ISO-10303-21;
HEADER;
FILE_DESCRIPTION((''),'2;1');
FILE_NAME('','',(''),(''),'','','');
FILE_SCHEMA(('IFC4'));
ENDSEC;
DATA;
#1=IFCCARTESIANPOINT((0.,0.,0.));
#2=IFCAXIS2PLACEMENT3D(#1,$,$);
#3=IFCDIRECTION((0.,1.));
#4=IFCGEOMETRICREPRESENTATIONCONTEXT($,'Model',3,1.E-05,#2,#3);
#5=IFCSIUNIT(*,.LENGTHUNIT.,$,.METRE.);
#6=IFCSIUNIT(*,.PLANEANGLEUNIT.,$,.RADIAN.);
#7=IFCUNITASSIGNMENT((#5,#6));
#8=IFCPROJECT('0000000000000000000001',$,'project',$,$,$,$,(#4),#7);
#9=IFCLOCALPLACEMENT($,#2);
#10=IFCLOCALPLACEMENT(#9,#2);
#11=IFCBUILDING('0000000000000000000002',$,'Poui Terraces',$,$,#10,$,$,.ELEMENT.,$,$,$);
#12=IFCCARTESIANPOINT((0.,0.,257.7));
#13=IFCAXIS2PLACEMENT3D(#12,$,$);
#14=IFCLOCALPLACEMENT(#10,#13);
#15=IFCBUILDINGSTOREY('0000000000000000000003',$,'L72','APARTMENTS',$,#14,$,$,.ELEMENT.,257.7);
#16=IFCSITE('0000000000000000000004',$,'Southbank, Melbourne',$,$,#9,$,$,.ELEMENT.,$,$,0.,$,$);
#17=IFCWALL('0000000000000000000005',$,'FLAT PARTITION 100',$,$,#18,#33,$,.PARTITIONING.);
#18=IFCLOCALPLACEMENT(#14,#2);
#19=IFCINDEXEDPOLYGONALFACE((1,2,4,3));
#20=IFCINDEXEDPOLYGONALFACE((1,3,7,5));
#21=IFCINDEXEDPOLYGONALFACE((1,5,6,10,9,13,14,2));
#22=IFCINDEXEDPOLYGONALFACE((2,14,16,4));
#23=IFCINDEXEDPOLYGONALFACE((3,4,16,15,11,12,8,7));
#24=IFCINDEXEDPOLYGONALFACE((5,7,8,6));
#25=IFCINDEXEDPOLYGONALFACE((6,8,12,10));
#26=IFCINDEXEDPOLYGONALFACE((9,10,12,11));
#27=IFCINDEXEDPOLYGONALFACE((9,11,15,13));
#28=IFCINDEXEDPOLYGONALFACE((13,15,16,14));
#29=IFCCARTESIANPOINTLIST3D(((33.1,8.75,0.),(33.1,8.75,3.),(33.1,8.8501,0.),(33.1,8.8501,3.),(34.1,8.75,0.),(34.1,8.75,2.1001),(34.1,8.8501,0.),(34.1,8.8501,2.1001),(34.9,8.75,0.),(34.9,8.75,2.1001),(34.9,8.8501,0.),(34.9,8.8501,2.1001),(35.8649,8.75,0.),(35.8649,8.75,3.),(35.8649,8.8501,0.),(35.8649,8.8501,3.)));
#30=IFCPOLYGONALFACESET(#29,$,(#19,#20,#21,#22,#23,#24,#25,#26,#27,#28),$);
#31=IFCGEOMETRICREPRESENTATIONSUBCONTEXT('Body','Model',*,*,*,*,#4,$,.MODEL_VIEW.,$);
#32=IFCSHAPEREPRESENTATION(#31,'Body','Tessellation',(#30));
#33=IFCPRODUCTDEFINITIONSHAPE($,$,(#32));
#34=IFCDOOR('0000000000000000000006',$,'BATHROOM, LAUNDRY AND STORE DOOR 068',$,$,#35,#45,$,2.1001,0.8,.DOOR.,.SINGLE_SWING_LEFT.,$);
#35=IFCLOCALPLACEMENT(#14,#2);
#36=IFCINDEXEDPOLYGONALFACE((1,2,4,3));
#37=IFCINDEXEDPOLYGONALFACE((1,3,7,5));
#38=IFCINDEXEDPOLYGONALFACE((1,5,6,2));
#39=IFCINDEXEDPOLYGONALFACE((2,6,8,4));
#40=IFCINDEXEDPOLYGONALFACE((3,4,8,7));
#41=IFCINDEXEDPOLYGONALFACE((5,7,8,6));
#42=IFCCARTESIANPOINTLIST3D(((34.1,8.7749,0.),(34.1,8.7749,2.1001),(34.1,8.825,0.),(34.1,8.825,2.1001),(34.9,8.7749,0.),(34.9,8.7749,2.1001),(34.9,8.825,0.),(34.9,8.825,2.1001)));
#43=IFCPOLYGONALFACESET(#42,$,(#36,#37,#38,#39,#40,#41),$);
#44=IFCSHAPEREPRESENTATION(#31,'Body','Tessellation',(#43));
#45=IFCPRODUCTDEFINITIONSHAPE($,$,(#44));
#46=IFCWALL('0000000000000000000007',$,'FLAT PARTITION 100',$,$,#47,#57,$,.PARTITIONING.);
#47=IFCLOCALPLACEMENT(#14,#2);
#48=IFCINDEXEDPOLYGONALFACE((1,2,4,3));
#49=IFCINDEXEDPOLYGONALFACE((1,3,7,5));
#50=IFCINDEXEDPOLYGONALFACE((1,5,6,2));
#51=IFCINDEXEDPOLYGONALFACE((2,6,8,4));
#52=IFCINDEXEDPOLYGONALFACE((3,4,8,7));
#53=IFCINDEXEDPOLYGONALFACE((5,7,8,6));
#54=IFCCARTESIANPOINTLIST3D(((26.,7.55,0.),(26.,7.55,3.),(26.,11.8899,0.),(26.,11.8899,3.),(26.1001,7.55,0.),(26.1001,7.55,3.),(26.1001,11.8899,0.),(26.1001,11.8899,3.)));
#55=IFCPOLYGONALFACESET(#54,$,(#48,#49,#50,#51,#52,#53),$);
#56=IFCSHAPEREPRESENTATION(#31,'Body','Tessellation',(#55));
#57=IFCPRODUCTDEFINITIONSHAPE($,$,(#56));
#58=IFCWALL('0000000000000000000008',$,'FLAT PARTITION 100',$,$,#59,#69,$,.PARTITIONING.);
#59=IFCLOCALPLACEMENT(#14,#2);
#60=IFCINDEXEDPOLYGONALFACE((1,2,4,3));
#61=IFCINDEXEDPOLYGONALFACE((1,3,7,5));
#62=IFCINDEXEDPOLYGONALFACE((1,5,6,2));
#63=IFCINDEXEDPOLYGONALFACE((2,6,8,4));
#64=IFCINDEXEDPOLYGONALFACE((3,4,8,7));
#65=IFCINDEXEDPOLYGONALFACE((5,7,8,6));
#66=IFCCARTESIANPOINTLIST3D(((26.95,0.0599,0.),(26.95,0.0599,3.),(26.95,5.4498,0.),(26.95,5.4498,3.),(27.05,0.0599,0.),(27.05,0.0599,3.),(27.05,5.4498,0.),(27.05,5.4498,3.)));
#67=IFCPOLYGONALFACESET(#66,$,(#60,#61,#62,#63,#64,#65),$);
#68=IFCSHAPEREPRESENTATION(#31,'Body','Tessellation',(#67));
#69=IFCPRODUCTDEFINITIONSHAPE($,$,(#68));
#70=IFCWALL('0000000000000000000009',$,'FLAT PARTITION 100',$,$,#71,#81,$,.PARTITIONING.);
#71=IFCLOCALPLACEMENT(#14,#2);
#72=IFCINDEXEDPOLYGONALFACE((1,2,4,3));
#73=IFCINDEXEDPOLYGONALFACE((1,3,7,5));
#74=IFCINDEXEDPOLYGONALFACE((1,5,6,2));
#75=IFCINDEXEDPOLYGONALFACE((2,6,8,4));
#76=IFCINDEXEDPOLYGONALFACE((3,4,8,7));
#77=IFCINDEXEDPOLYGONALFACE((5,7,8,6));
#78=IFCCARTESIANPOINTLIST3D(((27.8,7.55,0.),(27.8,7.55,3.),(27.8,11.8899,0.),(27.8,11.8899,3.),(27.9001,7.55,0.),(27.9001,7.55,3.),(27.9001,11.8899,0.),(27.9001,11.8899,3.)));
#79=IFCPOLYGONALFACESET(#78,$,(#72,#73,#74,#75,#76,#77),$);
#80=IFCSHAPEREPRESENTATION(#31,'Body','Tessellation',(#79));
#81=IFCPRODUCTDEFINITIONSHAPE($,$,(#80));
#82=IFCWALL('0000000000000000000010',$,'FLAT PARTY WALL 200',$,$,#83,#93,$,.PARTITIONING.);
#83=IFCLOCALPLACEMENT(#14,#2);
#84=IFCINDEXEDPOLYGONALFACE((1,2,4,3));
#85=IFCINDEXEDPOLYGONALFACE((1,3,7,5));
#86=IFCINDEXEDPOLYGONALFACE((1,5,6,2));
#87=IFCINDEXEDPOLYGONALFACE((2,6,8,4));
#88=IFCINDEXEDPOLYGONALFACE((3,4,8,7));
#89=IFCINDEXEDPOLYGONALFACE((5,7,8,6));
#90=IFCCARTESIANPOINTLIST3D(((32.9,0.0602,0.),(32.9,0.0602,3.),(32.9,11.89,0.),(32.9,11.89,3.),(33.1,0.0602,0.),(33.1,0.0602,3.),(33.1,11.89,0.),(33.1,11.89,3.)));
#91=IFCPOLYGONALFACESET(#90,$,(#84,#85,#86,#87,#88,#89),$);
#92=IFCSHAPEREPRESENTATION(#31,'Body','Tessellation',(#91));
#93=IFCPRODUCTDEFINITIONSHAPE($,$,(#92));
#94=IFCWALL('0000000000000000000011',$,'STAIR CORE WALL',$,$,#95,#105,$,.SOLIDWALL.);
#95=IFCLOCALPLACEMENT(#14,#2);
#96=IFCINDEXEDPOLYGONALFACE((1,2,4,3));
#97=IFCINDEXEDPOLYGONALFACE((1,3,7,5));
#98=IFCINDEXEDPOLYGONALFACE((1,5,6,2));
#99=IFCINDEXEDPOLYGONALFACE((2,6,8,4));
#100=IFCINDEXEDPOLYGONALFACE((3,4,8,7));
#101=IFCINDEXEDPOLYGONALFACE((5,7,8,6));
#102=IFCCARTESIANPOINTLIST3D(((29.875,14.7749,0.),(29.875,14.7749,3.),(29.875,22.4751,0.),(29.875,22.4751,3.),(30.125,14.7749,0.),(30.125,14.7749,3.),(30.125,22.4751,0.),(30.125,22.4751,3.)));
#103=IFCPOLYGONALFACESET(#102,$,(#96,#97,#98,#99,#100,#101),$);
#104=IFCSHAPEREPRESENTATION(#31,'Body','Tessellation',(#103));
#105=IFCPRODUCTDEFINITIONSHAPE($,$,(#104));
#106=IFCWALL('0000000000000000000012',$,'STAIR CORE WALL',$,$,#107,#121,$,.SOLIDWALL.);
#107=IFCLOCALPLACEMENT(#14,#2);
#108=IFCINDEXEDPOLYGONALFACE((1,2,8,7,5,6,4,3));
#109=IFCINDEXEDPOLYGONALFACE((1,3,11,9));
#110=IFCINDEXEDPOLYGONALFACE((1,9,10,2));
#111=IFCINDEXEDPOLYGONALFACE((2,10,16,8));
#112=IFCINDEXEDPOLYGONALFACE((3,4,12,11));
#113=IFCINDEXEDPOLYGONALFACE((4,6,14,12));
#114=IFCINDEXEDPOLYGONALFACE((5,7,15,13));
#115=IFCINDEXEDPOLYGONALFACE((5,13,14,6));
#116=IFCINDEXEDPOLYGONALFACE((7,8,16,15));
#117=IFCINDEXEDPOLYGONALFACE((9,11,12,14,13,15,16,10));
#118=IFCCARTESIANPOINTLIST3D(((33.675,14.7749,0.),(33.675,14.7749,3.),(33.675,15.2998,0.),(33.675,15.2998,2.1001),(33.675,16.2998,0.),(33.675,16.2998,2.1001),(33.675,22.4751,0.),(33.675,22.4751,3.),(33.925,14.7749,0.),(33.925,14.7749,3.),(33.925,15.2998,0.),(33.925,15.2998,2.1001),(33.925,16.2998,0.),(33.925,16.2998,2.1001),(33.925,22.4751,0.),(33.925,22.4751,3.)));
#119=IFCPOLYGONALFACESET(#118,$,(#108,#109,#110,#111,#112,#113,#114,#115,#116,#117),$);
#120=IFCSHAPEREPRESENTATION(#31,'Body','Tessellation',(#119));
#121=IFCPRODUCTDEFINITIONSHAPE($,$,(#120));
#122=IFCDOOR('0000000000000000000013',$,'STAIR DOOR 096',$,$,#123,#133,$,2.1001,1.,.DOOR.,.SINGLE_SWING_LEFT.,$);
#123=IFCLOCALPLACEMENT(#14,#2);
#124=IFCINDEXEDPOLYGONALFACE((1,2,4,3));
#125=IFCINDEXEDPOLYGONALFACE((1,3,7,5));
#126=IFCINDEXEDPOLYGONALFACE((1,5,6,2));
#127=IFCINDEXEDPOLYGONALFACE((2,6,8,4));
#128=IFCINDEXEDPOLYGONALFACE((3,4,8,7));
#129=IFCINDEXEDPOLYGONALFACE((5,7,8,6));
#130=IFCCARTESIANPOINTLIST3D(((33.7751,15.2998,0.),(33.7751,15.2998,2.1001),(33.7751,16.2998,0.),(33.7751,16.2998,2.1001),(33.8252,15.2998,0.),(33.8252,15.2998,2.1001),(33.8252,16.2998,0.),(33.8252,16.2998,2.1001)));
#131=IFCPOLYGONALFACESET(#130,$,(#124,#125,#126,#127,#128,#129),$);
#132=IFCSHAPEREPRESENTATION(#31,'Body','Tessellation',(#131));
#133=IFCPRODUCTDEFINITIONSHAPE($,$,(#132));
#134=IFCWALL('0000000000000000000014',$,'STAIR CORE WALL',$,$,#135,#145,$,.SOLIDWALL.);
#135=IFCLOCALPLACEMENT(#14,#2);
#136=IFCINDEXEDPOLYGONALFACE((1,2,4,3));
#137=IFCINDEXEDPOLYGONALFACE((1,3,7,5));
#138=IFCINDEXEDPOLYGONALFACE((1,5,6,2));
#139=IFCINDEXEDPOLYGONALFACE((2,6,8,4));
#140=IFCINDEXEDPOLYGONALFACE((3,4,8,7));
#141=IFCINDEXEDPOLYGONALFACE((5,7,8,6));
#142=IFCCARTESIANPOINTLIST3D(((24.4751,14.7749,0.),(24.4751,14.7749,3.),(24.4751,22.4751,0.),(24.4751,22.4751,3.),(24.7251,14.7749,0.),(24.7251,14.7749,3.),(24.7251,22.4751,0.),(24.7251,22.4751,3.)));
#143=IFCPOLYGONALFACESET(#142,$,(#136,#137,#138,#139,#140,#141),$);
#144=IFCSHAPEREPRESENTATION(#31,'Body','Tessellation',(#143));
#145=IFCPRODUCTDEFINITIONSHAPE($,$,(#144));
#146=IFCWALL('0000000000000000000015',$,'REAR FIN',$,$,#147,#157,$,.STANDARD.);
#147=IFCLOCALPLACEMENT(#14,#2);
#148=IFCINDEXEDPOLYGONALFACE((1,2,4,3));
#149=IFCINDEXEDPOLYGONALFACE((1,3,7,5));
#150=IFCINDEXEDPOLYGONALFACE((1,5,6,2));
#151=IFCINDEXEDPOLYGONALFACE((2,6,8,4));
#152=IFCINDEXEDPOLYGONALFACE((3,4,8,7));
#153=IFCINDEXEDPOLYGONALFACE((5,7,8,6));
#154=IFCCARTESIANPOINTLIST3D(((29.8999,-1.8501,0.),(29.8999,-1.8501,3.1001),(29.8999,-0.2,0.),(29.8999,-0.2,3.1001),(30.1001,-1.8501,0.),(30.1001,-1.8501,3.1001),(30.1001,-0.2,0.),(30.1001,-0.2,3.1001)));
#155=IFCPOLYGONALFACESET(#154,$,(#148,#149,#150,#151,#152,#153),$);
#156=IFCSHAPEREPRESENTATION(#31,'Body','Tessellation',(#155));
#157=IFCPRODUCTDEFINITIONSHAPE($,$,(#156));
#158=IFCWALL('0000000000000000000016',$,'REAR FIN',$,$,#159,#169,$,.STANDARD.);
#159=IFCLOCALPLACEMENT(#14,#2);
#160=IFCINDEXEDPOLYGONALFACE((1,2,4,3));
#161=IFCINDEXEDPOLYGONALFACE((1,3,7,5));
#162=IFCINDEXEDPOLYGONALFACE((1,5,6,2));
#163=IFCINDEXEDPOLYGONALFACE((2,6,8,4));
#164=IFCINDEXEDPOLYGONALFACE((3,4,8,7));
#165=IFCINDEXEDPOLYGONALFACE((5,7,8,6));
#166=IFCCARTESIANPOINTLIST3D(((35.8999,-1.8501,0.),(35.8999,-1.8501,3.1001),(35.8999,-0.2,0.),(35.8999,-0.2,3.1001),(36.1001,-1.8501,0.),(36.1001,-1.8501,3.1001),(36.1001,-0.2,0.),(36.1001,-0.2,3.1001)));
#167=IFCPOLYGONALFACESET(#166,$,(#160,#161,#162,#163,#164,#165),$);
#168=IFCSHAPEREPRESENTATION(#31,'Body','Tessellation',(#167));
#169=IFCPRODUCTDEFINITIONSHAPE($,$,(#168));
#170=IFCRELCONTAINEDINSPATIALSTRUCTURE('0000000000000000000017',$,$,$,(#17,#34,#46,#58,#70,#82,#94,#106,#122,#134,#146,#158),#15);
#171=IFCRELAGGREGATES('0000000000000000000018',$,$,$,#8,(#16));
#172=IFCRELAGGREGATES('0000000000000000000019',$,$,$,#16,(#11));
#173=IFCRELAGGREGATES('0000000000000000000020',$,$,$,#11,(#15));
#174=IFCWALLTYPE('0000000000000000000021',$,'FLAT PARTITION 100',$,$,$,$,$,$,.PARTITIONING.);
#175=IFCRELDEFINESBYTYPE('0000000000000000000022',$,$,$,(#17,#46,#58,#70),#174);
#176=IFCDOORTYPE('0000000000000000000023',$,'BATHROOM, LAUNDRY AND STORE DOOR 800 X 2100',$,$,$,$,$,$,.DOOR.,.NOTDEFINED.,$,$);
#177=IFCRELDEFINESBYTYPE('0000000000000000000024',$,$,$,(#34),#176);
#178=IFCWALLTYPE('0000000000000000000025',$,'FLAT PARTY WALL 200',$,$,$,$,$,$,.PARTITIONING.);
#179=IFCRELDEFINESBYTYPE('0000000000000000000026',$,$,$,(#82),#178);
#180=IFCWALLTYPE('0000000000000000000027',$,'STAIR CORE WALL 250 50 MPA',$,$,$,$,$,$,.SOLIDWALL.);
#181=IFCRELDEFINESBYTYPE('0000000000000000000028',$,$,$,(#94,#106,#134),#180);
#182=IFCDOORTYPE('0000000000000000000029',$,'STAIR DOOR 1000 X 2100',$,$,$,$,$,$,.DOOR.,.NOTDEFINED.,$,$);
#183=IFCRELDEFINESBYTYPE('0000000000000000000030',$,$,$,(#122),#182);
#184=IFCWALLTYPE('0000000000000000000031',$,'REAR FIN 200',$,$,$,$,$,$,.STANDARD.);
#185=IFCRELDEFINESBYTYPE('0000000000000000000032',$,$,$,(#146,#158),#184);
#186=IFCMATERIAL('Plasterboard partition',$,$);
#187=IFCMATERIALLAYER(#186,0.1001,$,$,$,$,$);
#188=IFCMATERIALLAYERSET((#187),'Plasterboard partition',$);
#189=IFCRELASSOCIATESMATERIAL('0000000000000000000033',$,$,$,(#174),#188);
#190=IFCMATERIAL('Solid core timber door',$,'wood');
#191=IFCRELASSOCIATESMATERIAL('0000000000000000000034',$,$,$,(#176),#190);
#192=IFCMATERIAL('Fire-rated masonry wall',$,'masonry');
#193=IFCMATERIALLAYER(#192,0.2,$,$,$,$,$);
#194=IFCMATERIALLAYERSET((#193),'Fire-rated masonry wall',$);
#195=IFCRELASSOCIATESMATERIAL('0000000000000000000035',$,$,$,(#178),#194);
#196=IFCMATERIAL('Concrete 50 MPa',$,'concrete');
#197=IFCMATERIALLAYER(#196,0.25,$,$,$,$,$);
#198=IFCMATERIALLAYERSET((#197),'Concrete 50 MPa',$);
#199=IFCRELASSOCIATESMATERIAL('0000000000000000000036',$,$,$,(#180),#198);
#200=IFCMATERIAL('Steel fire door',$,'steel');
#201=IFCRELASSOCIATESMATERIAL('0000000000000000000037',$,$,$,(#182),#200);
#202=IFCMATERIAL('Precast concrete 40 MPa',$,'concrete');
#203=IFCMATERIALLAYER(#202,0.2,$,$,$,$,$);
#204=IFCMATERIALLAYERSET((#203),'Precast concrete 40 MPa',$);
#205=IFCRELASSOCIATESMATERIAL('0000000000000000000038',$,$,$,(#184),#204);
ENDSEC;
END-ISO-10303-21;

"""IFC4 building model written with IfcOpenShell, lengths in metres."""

from ifc_helpers import new_model, si_unit, direction, frame, frame_2d, origin, place, context, subcontext, project, spatial, polyline, rectangle, outline, extrude, source, transform, mapped, material, layer, layer_set, type_object, element, fill, save


model = new_model("IFC4")

# Units and contexts
model_context = context("Model", 3, precision=1e-05, world=origin(), true_north=direction((0.0, 1.0)))
body_context = subcontext(model_context, "Body", "Model", "MODEL_VIEW")
ifc_project = project(units=[si_unit("LENGTHUNIT", "METRE"), si_unit("PLANEANGLEUNIT", "RADIAN")], contexts=[model_context])

# Site, building, storey
site_placement = place(None, origin())
site = spatial("IfcSite", under=ifc_project, at=site_placement, Name="Southbank, Melbourne", CompositionType="ELEMENT", RefElevation=0.0)
building_placement = place(site_placement, origin())
building = spatial("IfcBuilding", under=site, at=building_placement, Name="Poui Terraces", CompositionType="ELEMENT")
storey_placement = place(building_placement, frame((0.0, 0.0, 257.7)))
storey = spatial("IfcBuildingStorey", under=building, at=storey_placement, Name="L72", Description="APARTMENTS", CompositionType="ELEMENT", Elevation=257.7)

# Shared definitions
ifc_material_1 = material(Name="Concrete 50 MPa", Category="concrete")

# Shared definitions
ifc_material_2 = material(Name="Precast concrete 40 MPa", Category="concrete")

# Wall, opening, door
ifc_material_3 = material(Name="Solid core timber door", Category="wood")
ifc_material_4 = material(Name="Plasterboard partition")
ifc_layer_1 = layer(ifc_material_4, 0.1001)
ifc_layer_set_1 = layer_set([ifc_layer_1], Name="Plasterboard partition")
wall_type_1 = type_object("IfcWallType", Name="FLAT PARTITION 100", PredefinedType="PARTITIONING", material=ifc_layer_set_1)
door_type_1 = type_object("IfcDoorType", Name="BATHROOM, LAUNDRY AND STORE DOOR 800 X 2100", OperationType="NOTDEFINED", PredefinedType="DOOR", material=ifc_material_3)
wall_1_placement = place(storey_placement, frame((33.1001, 8.8, 0.0), z_axis=(0.0, 0.0, 1.0), x_axis=(1.0, 0.0, 0.0)))
wall_1 = element("IfcWall", 1, at=wall_1_placement, inside=storey, type_object=wall_type_1, Name="FLAT PARTITION 100", PredefinedType="PARTITIONING", context=body_context, shape_type="SweptSolid", body=[
    extrude(rectangle(XDim=2.7649, YDim=0.1001, at=frame_2d((1.3823, 0.0))), origin(), (0.0, 0.0, 1.0), 3.0),
])
opening_1_placement = place(wall_1_placement, frame((1.0, 0.0, 0.0)))
opening_1 = element("IfcOpeningElement", 2, at=opening_1_placement, cuts=wall_1, PredefinedType="OPENING", context=body_context, shape_type="SweptSolid", body=[
    extrude(rectangle(XDim=0.8, YDim=2.1001, at=frame_2d((0.3999, 1.05))), frame((0.0, 0.0601, 0.0), z_axis=(0.0, -1.0, 0.0), x_axis=(1.0, 0.0, 0.0)), (0.0, 0.0, 1.0), 0.1201),
])
door_1_placement = place(opening_1_placement, origin())
door_1 = element("IfcDoor", 3, at=door_1_placement, inside=storey, type_object=door_type_1, Name="BATHROOM, LAUNDRY AND STORE DOOR 068", OperationType="SINGLE_SWING_LEFT", OverallHeight=2.1001, OverallWidth=0.8, PredefinedType="DOOR", context=body_context, shape_type="SweptSolid", body=[
    extrude(rectangle(XDim=0.8, YDim=2.1001, at=frame_2d((0.3999, 1.05))), frame((0.0, 0.0249, 0.0), z_axis=(0.0, -1.0, 0.0), x_axis=(1.0, 0.0, 0.0)), (0.0, 0.0, 1.0), 0.05),
])
fill(opening_1, door_1)

# Walls
wall_2_placement = place(storey_placement, frame((26.05, 7.55, 0.0), z_axis=(0.0, 0.0, 1.0), x_axis=(0.0, 1.0, 0.0)))
element("IfcWall", 4, at=wall_2_placement, inside=storey, type_object=wall_type_1, Name="FLAT PARTITION 100", PredefinedType="PARTITIONING", context=body_context, shape_type="SweptSolid", body=[
    extrude(rectangle(XDim=4.3398, YDim=0.1001, at=frame_2d((2.1699, 0.0))), origin(), (0.0, 0.0, 1.0), 3.0),
])
wall_3_placement = place(storey_placement, frame((27.0, 0.0601, 0.0), z_axis=(0.0, 0.0, 1.0), x_axis=(0.0, 1.0, 0.0)))
element("IfcWall", 5, at=wall_3_placement, inside=storey, type_object=wall_type_1, Name="FLAT PARTITION 100", PredefinedType="PARTITIONING", context=body_context, shape_type="SweptSolid", body=[
    extrude(rectangle(XDim=5.3899, YDim=0.1001, at=frame_2d((2.6948, 0.0))), origin(), (0.0, 0.0, 1.0), 3.0),
])
wall_4_placement = place(storey_placement, frame((27.8501, 7.55, 0.0), z_axis=(0.0, 0.0, 1.0), x_axis=(0.0, 1.0, 0.0)))
element("IfcWall", 6, at=wall_4_placement, inside=storey, type_object=wall_type_1, Name="FLAT PARTITION 100", PredefinedType="PARTITIONING", context=body_context, shape_type="SweptSolid", body=[
    extrude(rectangle(XDim=4.3398, YDim=0.1001, at=frame_2d((2.1699, 0.0))), origin(), (0.0, 0.0, 1.0), 3.0),
])
ifc_material_5 = material(Name="Fire-rated masonry wall", Category="masonry")
ifc_layer_2 = layer(ifc_material_5, 0.2)
ifc_layer_set_2 = layer_set([ifc_layer_2], Name="Fire-rated masonry wall")
wall_type_2 = type_object("IfcWallType", Name="FLAT PARTY WALL 200", PredefinedType="PARTITIONING", material=ifc_layer_set_2)
wall_5_placement = place(storey_placement, frame((33.0, 0.0601, 0.0), z_axis=(0.0, 0.0, 1.0), x_axis=(0.0, 1.0, 0.0)))
element("IfcWall", 7, at=wall_5_placement, inside=storey, type_object=wall_type_2, Name="FLAT PARTY WALL 200", PredefinedType="PARTITIONING", context=body_context, shape_type="SweptSolid", body=[
    extrude(rectangle(XDim=11.8298, YDim=0.2, at=frame_2d((5.915, 0.0))), origin(), (0.0, 0.0, 1.0), 3.0),
])
ifc_layer_3 = layer(ifc_material_1, 0.25)
ifc_layer_set_3 = layer_set([ifc_layer_3], Name="Concrete 50 MPa")
wall_type_3 = type_object("IfcWallType", Name="STAIR CORE WALL 250 50 MPA", PredefinedType="SOLIDWALL", material=ifc_layer_set_3)
wall_6_placement = place(storey_placement, frame((30.0, 14.7749, 0.0), z_axis=(0.0, 0.0, 1.0), x_axis=(0.0, 1.0, 0.0)))
element("IfcWall", 8, at=wall_6_placement, inside=storey, type_object=wall_type_3, Name="STAIR CORE WALL", PredefinedType="SOLIDWALL", context=body_context, shape_type="SweptSolid", body=[
    extrude(rectangle(XDim=7.7002, YDim=0.25, at=frame_2d((3.8501, 0.0))), origin(), (0.0, 0.0, 1.0), 3.0),
])

# Wall, opening, door
wall_7_placement = place(storey_placement, frame((33.8, 14.7749, 0.0), z_axis=(0.0, 0.0, 1.0), x_axis=(0.0, 1.0, 0.0)))
wall_7 = element("IfcWall", 9, at=wall_7_placement, inside=storey, type_object=wall_type_3, Name="STAIR CORE WALL", PredefinedType="SOLIDWALL", context=body_context, shape_type="SweptSolid", body=[
    extrude(rectangle(XDim=7.7002, YDim=0.25, at=frame_2d((3.8501, 0.0))), origin(), (0.0, 0.0, 1.0), 3.0),
])
opening_2_placement = place(wall_7_placement, frame((0.5249, 0.0, 0.0)))
opening_2 = element("IfcOpeningElement", 10, at=opening_2_placement, cuts=wall_7, PredefinedType="OPENING", context=body_context, shape_type="SweptSolid", body=[
    extrude(rectangle(XDim=1.0, YDim=2.1001, at=frame_2d((0.5, 1.05))), frame((0.0, 0.135, 0.0), z_axis=(0.0, -1.0, 0.0), x_axis=(1.0, 0.0, 0.0)), (0.0, 0.0, 1.0), 0.27),
])
ifc_material_6 = material(Name="Steel fire door", Category="steel")
door_type_2 = type_object("IfcDoorType", Name="STAIR DOOR 1000 X 2100", OperationType="NOTDEFINED", PredefinedType="DOOR", material=ifc_material_6)
door_2_placement = place(opening_2_placement, origin())
door_2 = element("IfcDoor", 11, at=door_2_placement, inside=storey, type_object=door_type_2, Name="STAIR DOOR 096", OperationType="SINGLE_SWING_LEFT", OverallHeight=2.1001, OverallWidth=1.0, PredefinedType="DOOR", context=body_context, shape_type="SweptSolid", body=[
    extrude(rectangle(XDim=1.0, YDim=2.1001, at=frame_2d((0.5, 1.05))), frame((0.0, 0.0249, 0.0), z_axis=(0.0, -1.0, 0.0), x_axis=(1.0, 0.0, 0.0)), (0.0, 0.0, 1.0), 0.05),
])
fill(opening_2, door_2)

# Walls
wall_8_placement = place(storey_placement, frame((24.6001, 14.7749, 0.0), z_axis=(0.0, 0.0, 1.0), x_axis=(0.0, 1.0, 0.0)))
element("IfcWall", 12, at=wall_8_placement, inside=storey, type_object=wall_type_3, Name="STAIR CORE WALL", PredefinedType="SOLIDWALL", context=body_context, shape_type="SweptSolid", body=[
    extrude(rectangle(XDim=7.7002, YDim=0.25, at=frame_2d((3.8501, 0.0))), origin(), (0.0, 0.0, 1.0), 3.0),
])
ifc_layer_4 = layer(ifc_material_2, 0.2)
ifc_layer_set_4 = layer_set([ifc_layer_4], Name="Precast concrete 40 MPa")
wall_type_4 = type_object("IfcWallType", Name="REAR FIN 200", PredefinedType="STANDARD", material=ifc_layer_set_4)
shared_shape_1 = source(origin(), body_context, "Body", "SweptSolid", [
    extrude(outline(polyline([(0.0, 0.0), (0.2002, 0.0), (0.2002, 1.6501), (0.0, 1.6501), (0.0, 0.0)])), origin(), (0.0, 0.0, 1.0), 3.1001),
])
for number, where, name in (
    (13, (29.8999, -1.8501, 0.0), "REAR FIN"),
    (14, (35.8999, -1.8501, 0.0), "REAR FIN"),
):
    element("IfcWall", number, at=place(storey_placement, frame(where)), inside=storey, type_object=wall_type_4, Name=name, PredefinedType="STANDARD", context=body_context, shape_type="MappedRepresentation", body=[
        mapped(shared_shape_1, transform((0.0, 0.0, 0.0))),
    ])

save(model, "model.ifc")
